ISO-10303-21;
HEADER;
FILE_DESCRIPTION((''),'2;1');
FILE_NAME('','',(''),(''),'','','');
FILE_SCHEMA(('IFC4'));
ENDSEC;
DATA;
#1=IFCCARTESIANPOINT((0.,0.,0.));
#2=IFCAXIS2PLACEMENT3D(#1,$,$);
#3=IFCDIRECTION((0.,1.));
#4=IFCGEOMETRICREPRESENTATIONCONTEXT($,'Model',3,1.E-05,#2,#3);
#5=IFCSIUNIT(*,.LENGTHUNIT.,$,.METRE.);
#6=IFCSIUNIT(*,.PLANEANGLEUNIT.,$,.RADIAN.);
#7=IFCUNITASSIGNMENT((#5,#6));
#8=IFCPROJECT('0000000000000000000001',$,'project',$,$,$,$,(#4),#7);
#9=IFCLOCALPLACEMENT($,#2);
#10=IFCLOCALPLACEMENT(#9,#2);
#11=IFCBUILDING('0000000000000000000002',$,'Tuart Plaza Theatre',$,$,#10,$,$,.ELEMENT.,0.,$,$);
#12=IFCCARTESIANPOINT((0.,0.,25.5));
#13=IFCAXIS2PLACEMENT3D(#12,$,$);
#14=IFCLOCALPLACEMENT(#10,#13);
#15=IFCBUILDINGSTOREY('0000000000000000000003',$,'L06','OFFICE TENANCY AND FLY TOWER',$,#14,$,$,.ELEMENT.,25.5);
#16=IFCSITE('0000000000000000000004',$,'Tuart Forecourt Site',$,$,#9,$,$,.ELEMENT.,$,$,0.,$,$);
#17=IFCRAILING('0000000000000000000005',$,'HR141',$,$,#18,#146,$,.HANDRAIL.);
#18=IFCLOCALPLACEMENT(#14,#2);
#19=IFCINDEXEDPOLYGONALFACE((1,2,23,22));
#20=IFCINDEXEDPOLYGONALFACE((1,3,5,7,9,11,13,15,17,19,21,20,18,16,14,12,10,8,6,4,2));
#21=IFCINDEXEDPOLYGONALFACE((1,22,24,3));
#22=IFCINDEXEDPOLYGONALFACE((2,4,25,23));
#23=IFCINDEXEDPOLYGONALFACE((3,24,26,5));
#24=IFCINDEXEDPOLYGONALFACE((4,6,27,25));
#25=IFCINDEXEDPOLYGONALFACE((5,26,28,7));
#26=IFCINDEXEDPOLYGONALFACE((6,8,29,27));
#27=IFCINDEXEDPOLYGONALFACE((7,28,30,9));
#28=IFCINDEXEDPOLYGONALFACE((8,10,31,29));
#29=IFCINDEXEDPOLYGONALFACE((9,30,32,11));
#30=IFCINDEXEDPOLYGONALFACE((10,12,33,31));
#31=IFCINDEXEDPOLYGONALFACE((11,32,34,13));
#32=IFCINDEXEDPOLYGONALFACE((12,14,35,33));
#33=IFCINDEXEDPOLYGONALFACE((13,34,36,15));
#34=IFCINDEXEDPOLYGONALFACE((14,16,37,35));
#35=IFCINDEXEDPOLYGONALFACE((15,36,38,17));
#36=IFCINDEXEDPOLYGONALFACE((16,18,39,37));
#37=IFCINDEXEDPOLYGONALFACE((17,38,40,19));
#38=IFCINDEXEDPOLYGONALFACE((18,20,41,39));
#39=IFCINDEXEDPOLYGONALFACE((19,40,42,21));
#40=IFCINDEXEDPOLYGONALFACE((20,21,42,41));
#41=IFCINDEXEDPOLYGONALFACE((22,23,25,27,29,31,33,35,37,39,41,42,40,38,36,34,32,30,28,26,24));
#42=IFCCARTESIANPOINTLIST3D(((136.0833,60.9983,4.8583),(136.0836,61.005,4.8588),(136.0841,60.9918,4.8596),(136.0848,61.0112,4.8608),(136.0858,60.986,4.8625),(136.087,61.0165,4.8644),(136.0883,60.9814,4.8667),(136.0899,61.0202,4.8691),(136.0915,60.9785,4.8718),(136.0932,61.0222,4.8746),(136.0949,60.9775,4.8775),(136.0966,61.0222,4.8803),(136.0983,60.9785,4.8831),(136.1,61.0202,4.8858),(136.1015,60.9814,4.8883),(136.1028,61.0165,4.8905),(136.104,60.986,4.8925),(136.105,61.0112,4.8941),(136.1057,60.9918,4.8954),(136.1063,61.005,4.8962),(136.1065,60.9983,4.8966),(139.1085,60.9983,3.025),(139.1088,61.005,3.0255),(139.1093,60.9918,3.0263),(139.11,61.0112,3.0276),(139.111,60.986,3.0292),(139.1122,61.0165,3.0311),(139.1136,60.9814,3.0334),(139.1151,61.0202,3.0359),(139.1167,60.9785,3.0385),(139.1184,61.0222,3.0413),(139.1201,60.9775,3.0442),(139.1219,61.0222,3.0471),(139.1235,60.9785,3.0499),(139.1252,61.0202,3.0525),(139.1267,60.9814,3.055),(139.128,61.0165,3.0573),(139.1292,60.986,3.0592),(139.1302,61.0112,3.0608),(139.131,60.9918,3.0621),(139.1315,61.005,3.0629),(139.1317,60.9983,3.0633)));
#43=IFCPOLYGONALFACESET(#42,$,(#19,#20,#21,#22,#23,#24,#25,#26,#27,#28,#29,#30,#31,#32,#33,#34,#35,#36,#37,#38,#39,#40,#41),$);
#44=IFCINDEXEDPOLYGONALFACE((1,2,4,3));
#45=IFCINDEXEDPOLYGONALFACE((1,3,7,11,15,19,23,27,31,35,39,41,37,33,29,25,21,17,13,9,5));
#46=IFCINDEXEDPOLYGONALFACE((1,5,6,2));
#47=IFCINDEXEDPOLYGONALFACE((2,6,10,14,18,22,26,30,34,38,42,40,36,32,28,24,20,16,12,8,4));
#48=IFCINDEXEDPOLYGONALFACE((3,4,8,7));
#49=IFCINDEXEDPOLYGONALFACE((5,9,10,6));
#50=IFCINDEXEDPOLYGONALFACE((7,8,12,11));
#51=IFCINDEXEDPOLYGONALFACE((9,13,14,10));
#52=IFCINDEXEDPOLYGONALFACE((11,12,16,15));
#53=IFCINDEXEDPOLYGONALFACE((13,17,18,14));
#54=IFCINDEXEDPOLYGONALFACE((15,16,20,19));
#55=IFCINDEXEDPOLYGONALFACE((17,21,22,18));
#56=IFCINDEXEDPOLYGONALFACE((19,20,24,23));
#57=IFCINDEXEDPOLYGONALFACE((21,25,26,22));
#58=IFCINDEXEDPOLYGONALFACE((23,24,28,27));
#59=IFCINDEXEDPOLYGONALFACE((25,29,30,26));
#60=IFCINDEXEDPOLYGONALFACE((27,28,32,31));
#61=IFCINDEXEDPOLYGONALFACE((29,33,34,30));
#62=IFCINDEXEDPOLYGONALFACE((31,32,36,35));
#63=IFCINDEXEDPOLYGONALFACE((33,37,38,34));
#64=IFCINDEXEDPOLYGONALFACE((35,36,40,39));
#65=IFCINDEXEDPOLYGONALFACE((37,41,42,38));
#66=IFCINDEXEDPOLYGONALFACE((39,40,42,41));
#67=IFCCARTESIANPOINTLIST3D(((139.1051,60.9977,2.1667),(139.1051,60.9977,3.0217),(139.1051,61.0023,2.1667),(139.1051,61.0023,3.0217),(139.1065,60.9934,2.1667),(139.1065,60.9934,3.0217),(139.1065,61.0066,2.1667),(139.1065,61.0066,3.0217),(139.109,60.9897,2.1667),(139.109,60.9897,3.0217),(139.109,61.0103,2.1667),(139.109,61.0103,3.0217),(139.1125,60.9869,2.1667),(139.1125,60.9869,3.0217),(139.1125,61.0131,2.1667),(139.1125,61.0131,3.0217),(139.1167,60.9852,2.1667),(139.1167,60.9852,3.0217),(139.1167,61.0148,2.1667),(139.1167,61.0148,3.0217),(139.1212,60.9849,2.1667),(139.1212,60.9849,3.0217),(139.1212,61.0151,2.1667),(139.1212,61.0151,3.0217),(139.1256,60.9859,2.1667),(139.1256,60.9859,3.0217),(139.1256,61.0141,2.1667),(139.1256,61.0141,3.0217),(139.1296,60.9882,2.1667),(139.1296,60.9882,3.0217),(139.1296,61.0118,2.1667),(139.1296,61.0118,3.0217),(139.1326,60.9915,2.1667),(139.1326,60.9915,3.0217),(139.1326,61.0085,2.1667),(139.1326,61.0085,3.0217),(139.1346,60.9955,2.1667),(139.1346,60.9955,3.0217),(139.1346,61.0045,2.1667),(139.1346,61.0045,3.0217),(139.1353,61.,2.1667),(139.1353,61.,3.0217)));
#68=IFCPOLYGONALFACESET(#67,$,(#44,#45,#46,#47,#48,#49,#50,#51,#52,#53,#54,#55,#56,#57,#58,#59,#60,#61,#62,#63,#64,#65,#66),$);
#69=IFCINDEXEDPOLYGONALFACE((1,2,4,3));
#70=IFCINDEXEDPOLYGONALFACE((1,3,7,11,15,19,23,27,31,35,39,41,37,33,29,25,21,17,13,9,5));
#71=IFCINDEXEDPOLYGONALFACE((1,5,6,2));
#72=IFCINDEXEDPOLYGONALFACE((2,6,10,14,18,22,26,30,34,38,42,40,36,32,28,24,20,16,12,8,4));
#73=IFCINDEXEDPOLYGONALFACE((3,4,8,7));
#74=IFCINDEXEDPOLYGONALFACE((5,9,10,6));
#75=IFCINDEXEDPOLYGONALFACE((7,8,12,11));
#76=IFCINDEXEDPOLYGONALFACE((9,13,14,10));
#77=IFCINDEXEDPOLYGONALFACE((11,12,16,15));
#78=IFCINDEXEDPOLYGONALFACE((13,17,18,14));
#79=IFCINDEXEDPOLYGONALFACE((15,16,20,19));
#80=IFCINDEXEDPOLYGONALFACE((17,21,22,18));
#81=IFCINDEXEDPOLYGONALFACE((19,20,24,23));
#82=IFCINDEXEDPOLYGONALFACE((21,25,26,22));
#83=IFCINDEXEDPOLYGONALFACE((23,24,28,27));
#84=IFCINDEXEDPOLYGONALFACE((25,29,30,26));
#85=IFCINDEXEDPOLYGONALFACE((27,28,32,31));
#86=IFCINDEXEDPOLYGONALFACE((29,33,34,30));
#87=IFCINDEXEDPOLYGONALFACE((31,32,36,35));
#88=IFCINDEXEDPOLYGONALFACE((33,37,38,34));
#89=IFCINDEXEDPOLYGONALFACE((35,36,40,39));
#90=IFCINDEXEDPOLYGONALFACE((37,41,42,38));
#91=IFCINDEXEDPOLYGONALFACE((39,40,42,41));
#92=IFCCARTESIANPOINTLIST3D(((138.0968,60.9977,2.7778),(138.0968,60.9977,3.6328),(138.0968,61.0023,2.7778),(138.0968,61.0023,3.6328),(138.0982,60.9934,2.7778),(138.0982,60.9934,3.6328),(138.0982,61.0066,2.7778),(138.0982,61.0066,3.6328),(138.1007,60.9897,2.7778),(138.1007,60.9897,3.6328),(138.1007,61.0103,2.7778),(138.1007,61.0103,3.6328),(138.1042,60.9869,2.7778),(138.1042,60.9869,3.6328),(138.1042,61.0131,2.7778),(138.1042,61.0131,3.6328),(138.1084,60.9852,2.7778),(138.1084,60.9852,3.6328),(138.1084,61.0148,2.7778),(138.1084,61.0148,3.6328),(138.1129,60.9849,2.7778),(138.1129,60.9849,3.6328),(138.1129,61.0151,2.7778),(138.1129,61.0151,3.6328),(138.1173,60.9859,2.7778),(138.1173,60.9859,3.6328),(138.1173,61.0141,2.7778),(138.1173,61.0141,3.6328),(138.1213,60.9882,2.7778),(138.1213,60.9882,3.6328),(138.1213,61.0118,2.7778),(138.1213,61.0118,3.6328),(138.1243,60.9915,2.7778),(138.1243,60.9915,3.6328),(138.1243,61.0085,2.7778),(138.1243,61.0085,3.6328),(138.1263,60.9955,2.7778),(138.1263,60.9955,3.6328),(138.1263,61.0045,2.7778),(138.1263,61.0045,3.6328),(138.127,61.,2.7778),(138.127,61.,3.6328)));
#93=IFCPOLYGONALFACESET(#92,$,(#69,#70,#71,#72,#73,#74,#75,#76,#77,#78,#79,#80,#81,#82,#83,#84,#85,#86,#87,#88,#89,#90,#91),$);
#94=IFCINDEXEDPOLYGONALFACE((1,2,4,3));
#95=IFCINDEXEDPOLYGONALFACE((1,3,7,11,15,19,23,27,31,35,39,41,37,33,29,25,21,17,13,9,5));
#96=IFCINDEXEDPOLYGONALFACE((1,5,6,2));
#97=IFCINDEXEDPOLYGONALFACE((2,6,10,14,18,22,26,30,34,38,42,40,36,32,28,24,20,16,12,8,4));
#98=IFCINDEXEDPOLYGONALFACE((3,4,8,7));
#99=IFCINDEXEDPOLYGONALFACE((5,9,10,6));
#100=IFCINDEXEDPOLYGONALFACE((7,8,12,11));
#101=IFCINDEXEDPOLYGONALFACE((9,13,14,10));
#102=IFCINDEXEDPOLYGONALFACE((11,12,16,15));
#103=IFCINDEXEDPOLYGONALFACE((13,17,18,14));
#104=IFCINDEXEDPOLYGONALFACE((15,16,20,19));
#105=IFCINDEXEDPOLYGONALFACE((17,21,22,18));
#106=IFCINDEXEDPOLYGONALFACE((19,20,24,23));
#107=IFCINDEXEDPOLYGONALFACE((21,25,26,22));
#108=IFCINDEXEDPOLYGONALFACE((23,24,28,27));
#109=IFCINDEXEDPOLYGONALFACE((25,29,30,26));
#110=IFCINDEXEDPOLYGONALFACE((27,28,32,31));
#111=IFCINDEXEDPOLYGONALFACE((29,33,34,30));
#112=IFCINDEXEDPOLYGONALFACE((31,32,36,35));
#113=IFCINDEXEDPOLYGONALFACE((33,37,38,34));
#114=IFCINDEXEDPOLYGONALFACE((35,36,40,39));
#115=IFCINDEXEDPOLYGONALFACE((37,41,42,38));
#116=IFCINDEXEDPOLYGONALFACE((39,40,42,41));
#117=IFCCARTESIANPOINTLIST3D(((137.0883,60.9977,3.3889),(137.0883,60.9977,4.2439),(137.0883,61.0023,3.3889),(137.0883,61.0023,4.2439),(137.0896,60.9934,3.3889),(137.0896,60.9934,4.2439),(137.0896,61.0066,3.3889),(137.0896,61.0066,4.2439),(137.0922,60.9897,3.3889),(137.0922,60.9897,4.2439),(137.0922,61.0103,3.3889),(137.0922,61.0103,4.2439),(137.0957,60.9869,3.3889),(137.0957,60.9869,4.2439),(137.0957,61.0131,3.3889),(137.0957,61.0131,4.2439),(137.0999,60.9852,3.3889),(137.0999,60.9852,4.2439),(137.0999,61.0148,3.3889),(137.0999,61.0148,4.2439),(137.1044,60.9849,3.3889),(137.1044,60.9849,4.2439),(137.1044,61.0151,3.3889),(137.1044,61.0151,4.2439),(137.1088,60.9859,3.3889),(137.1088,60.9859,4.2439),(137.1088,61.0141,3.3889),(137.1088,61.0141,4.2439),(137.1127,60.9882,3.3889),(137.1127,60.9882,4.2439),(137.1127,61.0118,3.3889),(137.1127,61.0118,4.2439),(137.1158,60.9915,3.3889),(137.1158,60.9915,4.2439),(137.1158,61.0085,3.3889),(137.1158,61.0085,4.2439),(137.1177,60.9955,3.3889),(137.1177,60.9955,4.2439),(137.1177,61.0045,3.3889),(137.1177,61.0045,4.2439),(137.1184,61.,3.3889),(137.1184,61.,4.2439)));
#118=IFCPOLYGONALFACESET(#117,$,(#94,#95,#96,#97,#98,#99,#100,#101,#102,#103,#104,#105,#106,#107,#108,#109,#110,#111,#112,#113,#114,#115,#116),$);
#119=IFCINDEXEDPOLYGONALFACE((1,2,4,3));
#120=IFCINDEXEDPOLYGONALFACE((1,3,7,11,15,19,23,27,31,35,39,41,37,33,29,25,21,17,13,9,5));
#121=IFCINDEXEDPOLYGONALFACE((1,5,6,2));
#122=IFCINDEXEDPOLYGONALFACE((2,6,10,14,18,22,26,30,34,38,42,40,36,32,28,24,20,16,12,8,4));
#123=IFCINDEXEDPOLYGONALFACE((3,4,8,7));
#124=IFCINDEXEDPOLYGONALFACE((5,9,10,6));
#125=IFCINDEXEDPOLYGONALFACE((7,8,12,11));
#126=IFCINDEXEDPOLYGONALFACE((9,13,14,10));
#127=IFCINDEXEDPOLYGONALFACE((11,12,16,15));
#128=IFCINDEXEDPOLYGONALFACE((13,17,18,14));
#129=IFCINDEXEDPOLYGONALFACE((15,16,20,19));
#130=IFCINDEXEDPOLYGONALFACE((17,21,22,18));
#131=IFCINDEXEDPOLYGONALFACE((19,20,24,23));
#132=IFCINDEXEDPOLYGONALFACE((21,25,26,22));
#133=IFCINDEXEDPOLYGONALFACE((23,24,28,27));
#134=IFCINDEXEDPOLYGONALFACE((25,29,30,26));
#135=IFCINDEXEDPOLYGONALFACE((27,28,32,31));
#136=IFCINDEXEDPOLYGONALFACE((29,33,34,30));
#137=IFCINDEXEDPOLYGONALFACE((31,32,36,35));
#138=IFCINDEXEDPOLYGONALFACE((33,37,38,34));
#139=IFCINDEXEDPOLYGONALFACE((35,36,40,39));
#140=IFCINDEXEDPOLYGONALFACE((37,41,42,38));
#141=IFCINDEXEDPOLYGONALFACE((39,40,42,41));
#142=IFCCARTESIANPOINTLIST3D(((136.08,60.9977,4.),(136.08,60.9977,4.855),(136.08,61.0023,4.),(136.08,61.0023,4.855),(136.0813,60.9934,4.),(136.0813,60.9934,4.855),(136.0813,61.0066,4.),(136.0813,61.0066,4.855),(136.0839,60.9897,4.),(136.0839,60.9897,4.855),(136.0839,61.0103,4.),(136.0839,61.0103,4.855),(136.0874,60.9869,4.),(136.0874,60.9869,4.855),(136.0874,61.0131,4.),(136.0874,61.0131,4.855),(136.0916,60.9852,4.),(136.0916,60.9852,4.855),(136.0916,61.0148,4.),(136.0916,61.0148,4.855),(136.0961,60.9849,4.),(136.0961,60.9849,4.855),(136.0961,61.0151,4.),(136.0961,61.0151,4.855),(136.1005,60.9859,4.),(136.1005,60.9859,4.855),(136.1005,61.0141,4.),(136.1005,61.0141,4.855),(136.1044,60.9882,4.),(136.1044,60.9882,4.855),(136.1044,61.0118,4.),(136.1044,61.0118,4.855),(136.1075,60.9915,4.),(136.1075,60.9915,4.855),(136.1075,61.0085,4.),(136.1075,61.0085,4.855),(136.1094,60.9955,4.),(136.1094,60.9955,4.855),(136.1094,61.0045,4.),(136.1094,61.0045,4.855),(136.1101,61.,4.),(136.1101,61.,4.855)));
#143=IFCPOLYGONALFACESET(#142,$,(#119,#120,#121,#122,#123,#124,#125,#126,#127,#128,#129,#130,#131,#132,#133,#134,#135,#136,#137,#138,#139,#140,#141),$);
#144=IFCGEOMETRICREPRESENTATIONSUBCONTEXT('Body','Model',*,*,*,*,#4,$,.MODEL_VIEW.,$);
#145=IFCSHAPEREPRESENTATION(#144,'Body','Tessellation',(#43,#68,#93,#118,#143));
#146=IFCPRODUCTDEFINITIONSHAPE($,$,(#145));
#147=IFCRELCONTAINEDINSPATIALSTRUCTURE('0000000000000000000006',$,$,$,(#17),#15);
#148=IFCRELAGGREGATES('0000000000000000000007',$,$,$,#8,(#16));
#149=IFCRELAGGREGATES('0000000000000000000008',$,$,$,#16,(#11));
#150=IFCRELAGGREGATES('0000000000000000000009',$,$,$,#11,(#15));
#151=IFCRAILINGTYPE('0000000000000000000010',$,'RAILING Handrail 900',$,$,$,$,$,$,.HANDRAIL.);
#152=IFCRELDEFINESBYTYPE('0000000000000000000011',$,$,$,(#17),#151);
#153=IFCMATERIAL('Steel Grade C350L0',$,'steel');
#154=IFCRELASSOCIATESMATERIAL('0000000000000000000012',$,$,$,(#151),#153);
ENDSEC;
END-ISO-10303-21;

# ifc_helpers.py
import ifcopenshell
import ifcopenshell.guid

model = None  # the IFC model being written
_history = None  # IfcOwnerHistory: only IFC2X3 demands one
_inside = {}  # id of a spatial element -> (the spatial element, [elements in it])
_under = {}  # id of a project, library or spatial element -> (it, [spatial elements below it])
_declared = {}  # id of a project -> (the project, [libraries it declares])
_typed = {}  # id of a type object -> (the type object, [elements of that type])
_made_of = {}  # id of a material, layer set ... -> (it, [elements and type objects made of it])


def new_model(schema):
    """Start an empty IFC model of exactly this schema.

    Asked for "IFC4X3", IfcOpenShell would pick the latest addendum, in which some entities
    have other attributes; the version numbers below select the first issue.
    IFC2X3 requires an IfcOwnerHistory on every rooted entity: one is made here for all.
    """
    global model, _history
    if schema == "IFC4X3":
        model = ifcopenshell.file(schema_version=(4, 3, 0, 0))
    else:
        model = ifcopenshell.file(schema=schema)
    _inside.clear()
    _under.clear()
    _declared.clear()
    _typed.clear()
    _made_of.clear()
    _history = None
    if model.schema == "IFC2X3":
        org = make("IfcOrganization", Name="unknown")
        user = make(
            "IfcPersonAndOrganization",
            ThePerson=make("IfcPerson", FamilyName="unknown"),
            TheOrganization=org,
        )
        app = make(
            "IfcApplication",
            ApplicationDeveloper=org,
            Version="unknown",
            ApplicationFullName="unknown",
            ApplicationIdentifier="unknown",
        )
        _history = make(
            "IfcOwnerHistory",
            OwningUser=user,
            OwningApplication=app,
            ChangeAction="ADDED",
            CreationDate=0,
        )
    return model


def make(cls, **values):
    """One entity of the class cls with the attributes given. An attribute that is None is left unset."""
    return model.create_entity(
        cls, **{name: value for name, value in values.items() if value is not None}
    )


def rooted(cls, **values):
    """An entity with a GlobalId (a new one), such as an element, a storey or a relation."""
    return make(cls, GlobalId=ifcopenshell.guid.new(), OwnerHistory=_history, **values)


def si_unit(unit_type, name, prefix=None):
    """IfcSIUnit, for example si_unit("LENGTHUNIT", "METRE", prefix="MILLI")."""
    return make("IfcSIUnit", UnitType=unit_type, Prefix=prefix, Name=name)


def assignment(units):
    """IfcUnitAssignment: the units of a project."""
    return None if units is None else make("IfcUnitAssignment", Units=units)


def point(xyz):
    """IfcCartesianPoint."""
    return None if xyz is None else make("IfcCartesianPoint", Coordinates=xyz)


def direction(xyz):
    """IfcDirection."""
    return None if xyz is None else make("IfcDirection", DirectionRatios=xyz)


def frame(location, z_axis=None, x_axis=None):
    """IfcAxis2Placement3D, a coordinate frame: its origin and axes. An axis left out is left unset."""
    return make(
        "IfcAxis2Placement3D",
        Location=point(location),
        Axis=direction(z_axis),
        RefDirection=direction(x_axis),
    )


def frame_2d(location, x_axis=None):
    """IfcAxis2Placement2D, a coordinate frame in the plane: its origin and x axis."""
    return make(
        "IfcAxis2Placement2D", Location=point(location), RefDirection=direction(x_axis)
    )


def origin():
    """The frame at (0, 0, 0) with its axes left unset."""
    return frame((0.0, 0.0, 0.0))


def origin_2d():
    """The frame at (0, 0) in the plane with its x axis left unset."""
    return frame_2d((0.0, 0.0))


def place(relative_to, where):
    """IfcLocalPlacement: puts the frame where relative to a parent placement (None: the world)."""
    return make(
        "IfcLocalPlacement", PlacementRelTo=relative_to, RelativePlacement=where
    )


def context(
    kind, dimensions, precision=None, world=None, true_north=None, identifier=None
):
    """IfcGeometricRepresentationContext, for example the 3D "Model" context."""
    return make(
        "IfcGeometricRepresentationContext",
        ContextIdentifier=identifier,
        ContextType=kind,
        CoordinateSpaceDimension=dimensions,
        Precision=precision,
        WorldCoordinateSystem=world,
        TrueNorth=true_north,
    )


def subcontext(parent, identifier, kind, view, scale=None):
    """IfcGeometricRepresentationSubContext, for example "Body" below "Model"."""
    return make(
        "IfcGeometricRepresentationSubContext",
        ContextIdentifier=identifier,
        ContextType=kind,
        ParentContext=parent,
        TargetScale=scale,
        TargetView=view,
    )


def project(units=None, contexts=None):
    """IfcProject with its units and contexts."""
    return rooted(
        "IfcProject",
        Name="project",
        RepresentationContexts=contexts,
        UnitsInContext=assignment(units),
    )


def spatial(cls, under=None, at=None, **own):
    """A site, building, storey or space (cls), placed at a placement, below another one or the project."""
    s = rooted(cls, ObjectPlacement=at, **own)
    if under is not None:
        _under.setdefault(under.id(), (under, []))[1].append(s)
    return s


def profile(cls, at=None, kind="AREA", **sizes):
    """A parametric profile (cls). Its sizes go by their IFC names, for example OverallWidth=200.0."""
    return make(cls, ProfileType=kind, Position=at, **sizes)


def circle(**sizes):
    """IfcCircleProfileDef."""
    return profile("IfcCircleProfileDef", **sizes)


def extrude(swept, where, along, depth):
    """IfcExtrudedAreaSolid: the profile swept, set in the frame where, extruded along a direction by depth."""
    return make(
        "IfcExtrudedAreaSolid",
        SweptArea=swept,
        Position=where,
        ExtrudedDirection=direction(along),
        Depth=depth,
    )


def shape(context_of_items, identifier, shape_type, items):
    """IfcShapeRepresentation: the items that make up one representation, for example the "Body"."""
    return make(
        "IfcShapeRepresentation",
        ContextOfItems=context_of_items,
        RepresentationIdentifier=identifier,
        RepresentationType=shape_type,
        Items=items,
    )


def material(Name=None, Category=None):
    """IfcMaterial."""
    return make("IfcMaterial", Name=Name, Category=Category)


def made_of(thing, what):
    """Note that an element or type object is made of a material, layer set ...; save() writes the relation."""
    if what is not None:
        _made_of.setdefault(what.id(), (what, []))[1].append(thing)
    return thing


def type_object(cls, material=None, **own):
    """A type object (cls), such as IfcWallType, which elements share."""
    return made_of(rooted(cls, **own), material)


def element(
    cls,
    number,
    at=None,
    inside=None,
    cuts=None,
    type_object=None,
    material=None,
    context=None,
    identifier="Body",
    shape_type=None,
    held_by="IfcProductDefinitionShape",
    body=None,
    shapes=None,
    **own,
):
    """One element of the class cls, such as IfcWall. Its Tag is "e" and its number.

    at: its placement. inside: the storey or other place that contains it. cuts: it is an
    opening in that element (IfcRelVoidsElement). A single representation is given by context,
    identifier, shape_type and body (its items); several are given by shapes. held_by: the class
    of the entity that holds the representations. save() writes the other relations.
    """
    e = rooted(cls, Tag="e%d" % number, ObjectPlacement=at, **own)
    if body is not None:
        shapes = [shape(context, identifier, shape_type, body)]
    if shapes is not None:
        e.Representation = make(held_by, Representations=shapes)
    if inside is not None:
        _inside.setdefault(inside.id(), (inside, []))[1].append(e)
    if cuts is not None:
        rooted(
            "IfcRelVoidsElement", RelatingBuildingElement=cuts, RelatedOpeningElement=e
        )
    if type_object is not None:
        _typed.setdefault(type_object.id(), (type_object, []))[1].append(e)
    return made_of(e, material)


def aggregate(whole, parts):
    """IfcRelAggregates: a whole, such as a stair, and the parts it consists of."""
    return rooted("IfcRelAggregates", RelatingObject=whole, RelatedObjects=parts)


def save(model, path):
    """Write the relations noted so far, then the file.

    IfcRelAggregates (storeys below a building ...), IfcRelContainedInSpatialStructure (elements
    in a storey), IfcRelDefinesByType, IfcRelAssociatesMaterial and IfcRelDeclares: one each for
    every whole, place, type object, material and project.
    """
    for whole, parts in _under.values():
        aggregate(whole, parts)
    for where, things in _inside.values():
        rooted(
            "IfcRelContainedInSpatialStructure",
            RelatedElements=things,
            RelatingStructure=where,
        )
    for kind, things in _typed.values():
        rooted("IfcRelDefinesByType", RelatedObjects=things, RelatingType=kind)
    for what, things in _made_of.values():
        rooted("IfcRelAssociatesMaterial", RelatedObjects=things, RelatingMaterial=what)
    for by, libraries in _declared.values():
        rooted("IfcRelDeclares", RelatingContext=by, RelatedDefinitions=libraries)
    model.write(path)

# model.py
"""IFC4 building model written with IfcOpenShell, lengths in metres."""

from ifc_helpers import new_model, si_unit, direction, frame, origin, origin_2d, place, context, subcontext, project, spatial, circle, extrude, material, type_object, element, save


model = new_model("IFC4")

# Units and contexts
model_context = context("Model", 3, precision=1e-05, world=origin(), true_north=direction((0.0, 1.0)))
body_context = subcontext(model_context, "Body", "Model", "MODEL_VIEW")
ifc_project = project(units=[si_unit("LENGTHUNIT", "METRE"), si_unit("PLANEANGLEUNIT", "RADIAN")], contexts=[model_context])

# Site, building, storey
site_placement = place(None, origin())
site = spatial("IfcSite", under=ifc_project, at=site_placement, Name="Tuart Forecourt Site", CompositionType="ELEMENT", RefElevation=0.0)
building_placement = place(site_placement, origin())
building = spatial("IfcBuilding", under=site, at=building_placement, Name="Tuart Plaza Theatre", CompositionType="ELEMENT", ElevationOfRefHeight=0.0)
storey_placement = place(building_placement, frame((0.0, 0.0, 25.5)))
storey = spatial("IfcBuildingStorey", under=building, at=storey_placement, Name="L06", Description="OFFICE TENANCY AND FLY TOWER", CompositionType="ELEMENT", Elevation=25.5)

# Railing
ifc_material_1 = material(Name="Steel Grade C350L0", Category="steel")
railing_type_1 = type_object("IfcRailingType", Name="RAILING Handrail 900", PredefinedType="HANDRAIL", material=ifc_material_1)
for number, where, name in (
    (1, (139.1201, 61.0, 2.1667), "HR141"),
):
    element("IfcRailing", number, at=place(storey_placement, frame(where)), inside=storey, type_object=railing_type_1, Name=name, PredefinedType="HANDRAIL", context=body_context, shape_type="SweptSolid", body=[
        extrude(circle(Radius=0.0225, at=origin_2d()), frame((0.0, 0.0, 0.8774), z_axis=(-0.855219, 0.0, 0.518267), x_axis=(0.0, -1.0, 0.0)), (0.0, 0.0, 1.0), 3.5374),
        extrude(circle(Radius=0.0151, at=origin_2d()), origin(), (0.0, 0.0, 1.0), 0.855),
        extrude(circle(Radius=0.0151, at=origin_2d()), frame((-1.0083, 0.0, 0.6111)), (0.0, 0.0, 1.0), 0.855),
        extrude(circle(Radius=0.0151, at=origin_2d()), frame((-2.0168, 0.0, 1.2222)), (0.0, 0.0, 1.0), 0.855),
        extrude(circle(Radius=0.0151, at=origin_2d()), frame((-3.0251, 0.0, 1.8333)), (0.0, 0.0, 1.0), 0.855),
    ])

save(model, "model.ifc")
